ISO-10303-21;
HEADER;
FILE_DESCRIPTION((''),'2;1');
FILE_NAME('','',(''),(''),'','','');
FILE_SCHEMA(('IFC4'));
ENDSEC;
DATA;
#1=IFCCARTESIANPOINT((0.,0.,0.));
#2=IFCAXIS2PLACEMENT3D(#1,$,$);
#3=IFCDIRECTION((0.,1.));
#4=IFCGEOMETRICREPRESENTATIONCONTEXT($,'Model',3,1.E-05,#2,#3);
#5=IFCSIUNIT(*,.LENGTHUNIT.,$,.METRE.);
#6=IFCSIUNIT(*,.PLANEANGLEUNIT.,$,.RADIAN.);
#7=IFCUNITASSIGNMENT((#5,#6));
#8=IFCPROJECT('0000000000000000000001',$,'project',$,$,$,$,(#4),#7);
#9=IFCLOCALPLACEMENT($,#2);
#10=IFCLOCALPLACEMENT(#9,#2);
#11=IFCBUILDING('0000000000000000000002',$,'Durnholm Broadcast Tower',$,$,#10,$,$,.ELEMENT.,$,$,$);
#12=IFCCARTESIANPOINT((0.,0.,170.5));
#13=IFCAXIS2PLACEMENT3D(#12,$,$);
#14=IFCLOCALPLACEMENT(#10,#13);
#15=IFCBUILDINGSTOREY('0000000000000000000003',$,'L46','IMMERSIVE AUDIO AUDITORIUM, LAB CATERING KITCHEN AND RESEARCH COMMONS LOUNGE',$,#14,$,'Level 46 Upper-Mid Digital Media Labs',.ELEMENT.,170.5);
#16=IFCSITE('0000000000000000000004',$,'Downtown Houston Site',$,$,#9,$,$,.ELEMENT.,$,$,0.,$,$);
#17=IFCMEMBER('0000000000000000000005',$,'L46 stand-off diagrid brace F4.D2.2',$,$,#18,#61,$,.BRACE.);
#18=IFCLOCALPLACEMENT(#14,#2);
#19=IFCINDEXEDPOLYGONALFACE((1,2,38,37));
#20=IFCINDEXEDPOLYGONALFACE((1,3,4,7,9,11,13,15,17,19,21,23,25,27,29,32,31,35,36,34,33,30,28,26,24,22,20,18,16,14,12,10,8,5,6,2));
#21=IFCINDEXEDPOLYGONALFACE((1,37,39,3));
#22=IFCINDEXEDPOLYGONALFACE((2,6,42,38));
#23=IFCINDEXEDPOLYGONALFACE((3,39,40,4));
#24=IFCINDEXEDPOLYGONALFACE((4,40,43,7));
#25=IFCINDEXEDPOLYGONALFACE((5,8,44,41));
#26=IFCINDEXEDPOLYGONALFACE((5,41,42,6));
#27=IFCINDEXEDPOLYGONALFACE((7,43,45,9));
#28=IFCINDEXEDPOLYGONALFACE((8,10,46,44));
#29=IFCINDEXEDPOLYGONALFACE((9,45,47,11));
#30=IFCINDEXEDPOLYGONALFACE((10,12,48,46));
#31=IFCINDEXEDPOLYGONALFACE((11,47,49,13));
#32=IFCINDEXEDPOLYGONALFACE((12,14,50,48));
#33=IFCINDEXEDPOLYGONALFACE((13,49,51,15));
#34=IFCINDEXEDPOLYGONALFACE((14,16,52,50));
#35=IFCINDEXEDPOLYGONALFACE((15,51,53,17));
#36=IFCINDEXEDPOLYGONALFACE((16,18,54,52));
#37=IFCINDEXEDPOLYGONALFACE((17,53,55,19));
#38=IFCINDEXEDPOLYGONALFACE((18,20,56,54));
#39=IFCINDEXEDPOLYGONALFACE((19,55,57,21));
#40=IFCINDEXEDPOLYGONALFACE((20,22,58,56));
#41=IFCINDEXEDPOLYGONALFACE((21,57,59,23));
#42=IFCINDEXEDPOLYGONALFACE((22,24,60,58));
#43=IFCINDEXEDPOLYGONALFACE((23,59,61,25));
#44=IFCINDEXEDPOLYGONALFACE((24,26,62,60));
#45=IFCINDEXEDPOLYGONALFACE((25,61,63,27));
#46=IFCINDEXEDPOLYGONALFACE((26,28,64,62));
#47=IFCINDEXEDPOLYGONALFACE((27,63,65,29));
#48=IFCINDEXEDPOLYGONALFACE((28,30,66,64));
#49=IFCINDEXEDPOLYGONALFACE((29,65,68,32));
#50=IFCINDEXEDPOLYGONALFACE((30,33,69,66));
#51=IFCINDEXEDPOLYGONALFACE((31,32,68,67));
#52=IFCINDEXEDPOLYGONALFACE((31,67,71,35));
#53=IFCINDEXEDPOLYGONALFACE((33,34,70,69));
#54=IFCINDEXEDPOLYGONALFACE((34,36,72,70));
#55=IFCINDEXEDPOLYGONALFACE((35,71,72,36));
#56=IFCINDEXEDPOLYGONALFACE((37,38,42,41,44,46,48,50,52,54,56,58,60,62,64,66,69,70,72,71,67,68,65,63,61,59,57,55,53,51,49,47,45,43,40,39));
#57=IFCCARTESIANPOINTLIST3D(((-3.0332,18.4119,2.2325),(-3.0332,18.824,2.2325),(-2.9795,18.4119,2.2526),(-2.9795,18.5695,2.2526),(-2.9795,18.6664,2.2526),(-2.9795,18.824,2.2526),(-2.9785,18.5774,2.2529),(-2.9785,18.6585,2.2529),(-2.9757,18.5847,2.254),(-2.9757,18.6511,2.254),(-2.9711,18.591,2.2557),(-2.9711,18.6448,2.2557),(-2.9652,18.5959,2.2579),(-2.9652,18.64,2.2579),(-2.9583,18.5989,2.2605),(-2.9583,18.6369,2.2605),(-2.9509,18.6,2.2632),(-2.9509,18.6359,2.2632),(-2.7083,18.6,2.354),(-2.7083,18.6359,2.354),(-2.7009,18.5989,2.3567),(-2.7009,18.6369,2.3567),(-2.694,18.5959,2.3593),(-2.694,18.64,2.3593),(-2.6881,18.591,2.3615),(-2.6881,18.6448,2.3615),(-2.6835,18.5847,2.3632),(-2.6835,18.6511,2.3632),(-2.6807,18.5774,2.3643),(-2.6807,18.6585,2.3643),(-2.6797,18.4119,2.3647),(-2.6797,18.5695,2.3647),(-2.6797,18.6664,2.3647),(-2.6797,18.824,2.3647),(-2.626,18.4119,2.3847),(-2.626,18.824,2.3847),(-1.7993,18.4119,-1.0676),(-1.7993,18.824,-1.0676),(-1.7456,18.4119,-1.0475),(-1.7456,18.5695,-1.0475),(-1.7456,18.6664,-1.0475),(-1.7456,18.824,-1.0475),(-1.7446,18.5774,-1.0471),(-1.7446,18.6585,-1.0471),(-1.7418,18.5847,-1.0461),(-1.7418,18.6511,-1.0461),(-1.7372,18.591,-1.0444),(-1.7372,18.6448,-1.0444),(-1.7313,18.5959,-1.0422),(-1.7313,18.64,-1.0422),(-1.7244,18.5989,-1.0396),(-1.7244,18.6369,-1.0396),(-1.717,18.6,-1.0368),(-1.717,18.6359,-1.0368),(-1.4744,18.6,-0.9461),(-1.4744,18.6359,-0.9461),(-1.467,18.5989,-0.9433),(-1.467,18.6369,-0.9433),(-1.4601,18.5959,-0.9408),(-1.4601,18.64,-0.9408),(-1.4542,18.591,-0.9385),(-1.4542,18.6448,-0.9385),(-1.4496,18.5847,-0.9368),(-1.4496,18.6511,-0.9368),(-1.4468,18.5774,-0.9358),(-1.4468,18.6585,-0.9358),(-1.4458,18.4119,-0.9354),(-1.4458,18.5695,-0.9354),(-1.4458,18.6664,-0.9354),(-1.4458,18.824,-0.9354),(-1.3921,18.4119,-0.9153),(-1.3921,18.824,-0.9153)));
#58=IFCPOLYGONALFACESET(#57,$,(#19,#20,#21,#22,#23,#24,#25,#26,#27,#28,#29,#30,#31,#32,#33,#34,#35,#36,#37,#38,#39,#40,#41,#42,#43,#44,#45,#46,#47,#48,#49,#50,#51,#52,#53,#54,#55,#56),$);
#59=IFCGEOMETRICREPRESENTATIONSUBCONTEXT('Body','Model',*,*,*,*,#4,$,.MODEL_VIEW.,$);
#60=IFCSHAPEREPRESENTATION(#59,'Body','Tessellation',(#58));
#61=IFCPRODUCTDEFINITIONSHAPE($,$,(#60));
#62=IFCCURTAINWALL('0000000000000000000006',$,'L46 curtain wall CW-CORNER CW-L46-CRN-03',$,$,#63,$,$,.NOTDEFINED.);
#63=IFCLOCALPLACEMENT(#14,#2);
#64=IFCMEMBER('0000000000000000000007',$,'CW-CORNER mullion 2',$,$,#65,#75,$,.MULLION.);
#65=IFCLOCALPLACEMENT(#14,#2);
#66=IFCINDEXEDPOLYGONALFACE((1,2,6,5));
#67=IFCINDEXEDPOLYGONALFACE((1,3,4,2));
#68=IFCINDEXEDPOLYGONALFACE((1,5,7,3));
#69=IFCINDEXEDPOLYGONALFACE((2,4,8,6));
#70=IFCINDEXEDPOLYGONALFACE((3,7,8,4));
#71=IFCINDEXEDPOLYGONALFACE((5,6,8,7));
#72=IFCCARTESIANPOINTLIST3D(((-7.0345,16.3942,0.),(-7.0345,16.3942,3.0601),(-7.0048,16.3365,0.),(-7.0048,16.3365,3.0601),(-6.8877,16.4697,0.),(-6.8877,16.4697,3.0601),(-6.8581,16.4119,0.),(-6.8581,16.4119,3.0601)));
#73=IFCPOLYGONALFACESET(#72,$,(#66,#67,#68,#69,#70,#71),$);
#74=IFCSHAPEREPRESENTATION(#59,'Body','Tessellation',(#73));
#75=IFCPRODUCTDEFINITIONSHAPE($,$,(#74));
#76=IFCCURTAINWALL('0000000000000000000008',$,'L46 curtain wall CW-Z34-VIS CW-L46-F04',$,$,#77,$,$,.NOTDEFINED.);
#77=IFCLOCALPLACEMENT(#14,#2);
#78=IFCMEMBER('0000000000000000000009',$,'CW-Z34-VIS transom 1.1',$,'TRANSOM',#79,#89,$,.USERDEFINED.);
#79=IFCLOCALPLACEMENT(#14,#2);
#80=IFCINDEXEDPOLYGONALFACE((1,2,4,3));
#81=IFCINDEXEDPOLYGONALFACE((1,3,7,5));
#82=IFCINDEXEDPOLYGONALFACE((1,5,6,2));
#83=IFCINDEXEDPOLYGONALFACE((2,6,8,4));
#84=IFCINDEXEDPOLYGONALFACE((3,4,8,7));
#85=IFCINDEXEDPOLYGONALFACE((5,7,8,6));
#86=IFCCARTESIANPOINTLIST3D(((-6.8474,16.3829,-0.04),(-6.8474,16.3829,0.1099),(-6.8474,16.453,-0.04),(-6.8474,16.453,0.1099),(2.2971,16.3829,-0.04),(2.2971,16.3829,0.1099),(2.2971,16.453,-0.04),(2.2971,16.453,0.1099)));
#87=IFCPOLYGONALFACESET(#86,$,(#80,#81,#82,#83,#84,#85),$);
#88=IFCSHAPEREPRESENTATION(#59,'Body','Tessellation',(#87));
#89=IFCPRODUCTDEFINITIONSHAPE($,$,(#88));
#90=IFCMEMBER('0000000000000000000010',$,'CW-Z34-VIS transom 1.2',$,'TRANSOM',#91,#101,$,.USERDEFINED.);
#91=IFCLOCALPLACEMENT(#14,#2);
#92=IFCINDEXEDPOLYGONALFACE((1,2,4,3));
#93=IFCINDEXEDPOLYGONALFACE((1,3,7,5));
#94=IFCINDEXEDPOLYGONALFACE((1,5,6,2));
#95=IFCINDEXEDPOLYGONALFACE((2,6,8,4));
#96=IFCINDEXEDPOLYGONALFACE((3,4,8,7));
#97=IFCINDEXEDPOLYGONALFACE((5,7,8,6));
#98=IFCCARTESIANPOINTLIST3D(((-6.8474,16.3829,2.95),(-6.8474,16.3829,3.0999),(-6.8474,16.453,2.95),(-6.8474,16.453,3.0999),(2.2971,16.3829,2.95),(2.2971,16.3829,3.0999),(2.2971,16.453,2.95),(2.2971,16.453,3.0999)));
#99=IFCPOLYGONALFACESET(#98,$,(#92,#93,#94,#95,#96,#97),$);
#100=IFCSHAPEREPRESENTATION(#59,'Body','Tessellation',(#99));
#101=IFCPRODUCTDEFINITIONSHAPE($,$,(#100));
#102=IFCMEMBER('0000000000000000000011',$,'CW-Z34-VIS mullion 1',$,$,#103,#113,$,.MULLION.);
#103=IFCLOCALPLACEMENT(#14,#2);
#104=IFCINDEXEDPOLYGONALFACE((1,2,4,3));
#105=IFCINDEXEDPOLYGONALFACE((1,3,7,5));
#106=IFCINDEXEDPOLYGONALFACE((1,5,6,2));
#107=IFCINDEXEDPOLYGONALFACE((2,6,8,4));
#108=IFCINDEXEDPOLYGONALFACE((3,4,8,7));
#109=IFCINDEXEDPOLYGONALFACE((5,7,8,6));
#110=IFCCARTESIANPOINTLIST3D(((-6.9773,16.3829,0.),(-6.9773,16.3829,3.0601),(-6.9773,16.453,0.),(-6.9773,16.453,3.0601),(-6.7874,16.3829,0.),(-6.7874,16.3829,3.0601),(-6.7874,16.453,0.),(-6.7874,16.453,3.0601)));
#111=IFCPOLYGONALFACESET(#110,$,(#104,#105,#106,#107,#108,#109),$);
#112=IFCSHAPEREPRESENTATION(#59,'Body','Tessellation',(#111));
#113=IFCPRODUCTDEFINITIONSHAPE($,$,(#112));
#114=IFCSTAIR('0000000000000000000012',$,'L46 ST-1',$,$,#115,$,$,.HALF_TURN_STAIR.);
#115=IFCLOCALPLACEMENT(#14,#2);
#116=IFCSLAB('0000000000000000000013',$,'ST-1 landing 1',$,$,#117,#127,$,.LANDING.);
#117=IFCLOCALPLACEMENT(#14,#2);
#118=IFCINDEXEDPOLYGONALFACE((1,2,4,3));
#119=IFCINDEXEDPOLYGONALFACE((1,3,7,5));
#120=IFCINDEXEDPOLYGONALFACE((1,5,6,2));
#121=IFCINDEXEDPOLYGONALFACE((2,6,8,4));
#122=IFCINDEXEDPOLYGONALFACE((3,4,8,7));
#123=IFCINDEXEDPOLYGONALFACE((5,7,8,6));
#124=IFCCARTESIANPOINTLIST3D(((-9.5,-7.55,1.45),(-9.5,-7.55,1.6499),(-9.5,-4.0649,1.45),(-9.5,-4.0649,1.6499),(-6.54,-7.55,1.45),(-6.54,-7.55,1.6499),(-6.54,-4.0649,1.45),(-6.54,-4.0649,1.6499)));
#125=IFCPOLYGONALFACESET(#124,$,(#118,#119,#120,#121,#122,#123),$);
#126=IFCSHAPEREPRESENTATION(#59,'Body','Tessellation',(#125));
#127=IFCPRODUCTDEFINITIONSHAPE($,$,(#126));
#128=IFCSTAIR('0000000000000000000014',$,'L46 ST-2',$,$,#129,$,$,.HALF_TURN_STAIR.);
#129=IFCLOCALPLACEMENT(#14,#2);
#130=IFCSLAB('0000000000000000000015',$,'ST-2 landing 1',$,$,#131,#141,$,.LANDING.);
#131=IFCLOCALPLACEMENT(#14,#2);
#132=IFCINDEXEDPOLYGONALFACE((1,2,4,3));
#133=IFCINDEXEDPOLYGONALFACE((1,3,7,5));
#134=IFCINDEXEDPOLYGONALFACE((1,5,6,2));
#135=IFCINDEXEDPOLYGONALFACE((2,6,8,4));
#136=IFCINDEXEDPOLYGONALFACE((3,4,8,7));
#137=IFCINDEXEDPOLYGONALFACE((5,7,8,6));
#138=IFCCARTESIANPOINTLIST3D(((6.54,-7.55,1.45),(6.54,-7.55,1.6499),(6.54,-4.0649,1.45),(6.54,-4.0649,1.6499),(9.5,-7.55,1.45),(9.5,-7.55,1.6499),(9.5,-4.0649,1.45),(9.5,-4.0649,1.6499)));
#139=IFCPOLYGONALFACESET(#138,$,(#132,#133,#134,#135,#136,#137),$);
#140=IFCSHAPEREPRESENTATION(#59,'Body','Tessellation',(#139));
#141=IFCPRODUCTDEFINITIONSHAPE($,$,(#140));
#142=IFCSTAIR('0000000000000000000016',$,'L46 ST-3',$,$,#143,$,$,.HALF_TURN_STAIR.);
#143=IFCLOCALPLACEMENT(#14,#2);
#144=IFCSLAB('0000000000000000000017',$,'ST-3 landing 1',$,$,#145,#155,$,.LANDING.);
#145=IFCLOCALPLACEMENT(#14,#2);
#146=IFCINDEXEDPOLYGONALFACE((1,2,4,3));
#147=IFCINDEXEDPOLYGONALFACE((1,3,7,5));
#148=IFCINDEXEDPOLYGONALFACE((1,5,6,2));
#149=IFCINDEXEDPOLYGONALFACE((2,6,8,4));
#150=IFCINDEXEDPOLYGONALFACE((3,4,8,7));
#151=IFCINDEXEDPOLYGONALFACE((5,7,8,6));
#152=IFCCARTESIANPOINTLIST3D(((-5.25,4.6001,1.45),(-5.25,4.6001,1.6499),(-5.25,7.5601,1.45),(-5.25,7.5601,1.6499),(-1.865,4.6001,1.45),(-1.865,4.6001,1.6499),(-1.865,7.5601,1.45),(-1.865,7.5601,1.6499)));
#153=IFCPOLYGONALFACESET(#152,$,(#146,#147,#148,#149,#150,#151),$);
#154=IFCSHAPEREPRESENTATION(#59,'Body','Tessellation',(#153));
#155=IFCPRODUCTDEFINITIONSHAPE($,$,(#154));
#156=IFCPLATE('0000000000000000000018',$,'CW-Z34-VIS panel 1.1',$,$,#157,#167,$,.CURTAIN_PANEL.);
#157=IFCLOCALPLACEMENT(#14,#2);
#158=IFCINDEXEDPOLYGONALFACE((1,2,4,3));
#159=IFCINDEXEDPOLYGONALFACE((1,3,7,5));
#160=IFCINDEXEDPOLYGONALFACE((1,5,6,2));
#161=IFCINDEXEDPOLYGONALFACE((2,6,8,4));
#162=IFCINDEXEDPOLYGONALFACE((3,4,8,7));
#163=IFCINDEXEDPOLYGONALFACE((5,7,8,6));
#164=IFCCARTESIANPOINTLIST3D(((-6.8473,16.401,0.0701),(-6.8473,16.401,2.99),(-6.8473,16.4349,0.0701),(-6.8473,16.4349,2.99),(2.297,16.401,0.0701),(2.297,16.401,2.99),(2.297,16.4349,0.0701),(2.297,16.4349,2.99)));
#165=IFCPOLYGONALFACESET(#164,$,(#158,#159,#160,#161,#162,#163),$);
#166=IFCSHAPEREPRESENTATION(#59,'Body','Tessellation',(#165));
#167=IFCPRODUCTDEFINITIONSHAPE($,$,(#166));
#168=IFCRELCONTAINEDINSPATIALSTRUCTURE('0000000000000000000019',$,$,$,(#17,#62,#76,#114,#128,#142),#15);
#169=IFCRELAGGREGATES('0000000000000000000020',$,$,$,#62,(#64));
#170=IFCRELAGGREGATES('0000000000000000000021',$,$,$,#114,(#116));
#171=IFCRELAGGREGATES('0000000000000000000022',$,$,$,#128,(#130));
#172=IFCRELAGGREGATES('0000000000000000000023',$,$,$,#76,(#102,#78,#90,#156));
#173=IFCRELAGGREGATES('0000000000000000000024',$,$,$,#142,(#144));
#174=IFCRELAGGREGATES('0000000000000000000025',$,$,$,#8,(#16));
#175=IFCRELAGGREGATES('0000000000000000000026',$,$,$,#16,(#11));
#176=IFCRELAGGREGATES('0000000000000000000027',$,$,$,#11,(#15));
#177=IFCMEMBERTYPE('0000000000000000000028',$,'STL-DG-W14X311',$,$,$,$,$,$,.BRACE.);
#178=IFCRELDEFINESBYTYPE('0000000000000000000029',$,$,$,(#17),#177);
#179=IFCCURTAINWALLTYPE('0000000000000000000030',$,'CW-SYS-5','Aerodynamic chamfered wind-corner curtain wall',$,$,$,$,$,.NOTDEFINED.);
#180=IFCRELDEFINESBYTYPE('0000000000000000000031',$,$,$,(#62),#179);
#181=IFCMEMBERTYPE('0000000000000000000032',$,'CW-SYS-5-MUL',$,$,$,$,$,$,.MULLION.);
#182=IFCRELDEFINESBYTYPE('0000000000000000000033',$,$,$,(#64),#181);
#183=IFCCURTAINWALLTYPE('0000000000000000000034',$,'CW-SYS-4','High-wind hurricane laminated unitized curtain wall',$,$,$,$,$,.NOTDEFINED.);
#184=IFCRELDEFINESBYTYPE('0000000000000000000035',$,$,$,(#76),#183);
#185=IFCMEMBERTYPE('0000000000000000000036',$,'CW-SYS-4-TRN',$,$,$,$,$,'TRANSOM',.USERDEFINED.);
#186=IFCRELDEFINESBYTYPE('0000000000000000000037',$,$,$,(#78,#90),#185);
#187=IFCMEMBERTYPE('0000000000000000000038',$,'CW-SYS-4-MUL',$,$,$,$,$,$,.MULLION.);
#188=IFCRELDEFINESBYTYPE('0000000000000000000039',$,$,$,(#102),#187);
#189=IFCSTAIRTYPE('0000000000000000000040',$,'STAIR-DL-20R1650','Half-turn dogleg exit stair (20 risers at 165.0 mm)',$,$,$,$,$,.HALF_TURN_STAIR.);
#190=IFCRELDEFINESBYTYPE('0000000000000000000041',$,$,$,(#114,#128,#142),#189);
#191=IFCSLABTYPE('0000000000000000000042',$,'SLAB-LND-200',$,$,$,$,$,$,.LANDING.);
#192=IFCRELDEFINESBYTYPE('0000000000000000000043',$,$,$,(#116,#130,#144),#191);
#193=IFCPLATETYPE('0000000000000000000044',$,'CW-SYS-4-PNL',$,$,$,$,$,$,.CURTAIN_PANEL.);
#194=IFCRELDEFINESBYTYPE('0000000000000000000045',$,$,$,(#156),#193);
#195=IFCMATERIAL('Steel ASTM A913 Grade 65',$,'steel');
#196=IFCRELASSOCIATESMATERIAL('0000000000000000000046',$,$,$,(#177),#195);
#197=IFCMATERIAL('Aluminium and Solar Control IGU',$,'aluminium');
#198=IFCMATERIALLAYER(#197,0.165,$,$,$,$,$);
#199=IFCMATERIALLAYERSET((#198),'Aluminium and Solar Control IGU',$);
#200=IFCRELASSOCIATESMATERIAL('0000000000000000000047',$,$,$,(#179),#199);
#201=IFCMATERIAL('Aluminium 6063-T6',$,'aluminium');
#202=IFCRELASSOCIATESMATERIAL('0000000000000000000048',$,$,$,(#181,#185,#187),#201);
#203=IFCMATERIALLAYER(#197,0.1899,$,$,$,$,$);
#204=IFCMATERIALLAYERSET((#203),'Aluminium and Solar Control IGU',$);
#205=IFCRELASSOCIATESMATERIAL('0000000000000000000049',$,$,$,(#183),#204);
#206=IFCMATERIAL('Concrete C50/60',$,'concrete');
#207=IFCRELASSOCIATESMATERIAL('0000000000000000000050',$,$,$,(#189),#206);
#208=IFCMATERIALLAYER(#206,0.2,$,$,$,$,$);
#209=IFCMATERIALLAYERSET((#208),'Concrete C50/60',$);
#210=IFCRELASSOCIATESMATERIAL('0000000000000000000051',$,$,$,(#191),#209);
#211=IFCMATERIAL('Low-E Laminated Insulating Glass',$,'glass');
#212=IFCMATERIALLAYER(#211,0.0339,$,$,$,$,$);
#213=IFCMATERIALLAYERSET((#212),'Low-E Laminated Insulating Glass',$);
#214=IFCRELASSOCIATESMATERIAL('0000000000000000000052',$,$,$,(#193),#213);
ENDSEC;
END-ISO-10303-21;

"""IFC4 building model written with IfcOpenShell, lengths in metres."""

from ifc_helpers import new_model, si_unit, direction, frame, origin, origin_2d, place, context, subcontext, project, spatial, polyline, rectangle, i_section, outline, extrude, source, transform, mapped, material, layer, layer_set, material_profile, profile_set, type_object, type_shapes, element, aggregate, save


model = new_model("IFC4")

# Units and contexts
model_context = context("Model", 3, precision=1e-05, world=origin(), true_north=direction((0.0, 1.0)))
body_context = subcontext(model_context, "Body", "Model", "MODEL_VIEW")
ifc_project = project(units=[si_unit("LENGTHUNIT", "METRE"), si_unit("PLANEANGLEUNIT", "RADIAN")], contexts=[model_context])

# Site, building, storey
site_placement = place(None, origin())
site = spatial("IfcSite", under=ifc_project, at=site_placement, Name="Downtown Houston Site", CompositionType="ELEMENT", RefElevation=0.0)
building_placement = place(site_placement, origin())
building = spatial("IfcBuilding", under=site, at=building_placement, Name="Durnholm Broadcast Tower", CompositionType="ELEMENT")
storey_placement = place(building_placement, frame((0.0, 0.0, 170.5)))
storey = spatial("IfcBuildingStorey", under=building, at=storey_placement, Name="L46", Description="IMMERSIVE AUDIO AUDITORIUM, LAB CATERING KITCHEN AND RESEARCH COMMONS LOUNGE", LongName="Level 46 Upper-Mid Digital Media Labs", CompositionType="ELEMENT", Elevation=170.5)

# Member
ifc_material_1 = material(Name="Steel ASTM A913 Grade 65", Category="steel")
ifc_material_profile_1 = material_profile(ifc_material_1, i_section(OverallWidth=0.4121, OverallDepth=0.4348, WebThickness=0.0359, FlangeThickness=0.0574, FilletRadius=0.0305, at=origin_2d()), Name="W14X311")
ifc_profile_set_1 = profile_set([ifc_material_profile_1], Name="Steel ASTM A913 Grade 65")
member_type_1 = type_object("IfcMemberType", Name="STL-DG-W14X311", PredefinedType="BRACE", material=ifc_profile_set_1)
shared_shape_1 = source(origin(), body_context, "Body", "SweptSolid", [
    extrude(i_section(OverallWidth=0.4121, OverallDepth=0.4348, WebThickness=0.0359, FlangeThickness=0.0574, FilletRadius=0.0305, at=origin_2d()), origin(), (0.0, 0.0, 1.0), 3.5232),
])
type_shapes(member_type_1, [shared_shape_1])
for number, where, z_axis, x_axis, name in (
    (1, (-1.5957, 18.6179, -0.9915), (-0.35022, 0.0, 0.936668), (0.0, -1.0, 0.0), "L46 stand-off diagrid brace F4.D2.2"),
):
    element("IfcMember", number, at=place(storey_placement, frame(where, z_axis=z_axis, x_axis=x_axis)), inside=storey, type_object=member_type_1, Name=name, PredefinedType="BRACE", context=body_context, shape_type="MappedRepresentation", body=[
        mapped(shared_shape_1, transform((0.0, 0.0, 0.0), x_axis=(1.0, 0.0, 0.0), y_axis=(0.0, 1.0, 0.0), z_axis=(0.0, 0.0, 1.0), scale=1.0)),
    ])

# Curtain wall, member
ifc_material_2 = material(Name="Aluminium and Solar Control IGU", Category="aluminium")
ifc_layer_1 = layer(ifc_material_2, 0.165)
ifc_layer_set_1 = layer_set([ifc_layer_1], Name="Aluminium and Solar Control IGU")
curtain_wall_type_1 = type_object("IfcCurtainWallType", Name="CW-SYS-5", Description="Aerodynamic chamfered wind-corner curtain wall", PredefinedType="NOTDEFINED", material=ifc_layer_set_1)
curtain_wall_1_placement = place(storey_placement, origin())
curtain_wall_1 = element("IfcCurtainWall", 2, at=curtain_wall_1_placement, inside=storey, type_object=curtain_wall_type_1, Name="L46 curtain wall CW-CORNER CW-L46-CRN-03", PredefinedType="NOTDEFINED")
ifc_material_3 = material(Name="Aluminium 6063-T6", Category="aluminium")
ifc_material_profile_2 = material_profile(ifc_material_3, rectangle(XDim=0.0649, YDim=0.165, at=origin_2d()), Name="CWM65X165")
ifc_profile_set_2 = profile_set([ifc_material_profile_2], Name="Aluminium 6063-T6")
member_type_2 = type_object("IfcMemberType", Name="CW-SYS-5-MUL", PredefinedType="MULLION", material=ifc_profile_set_2)
shared_shape_2 = source(origin(), body_context, "Body", "SweptSolid", [
    extrude(rectangle(XDim=0.0649, YDim=0.165, at=origin_2d()), origin(), (0.0, 0.0, 1.0), 3.0601),
])
type_shapes(member_type_2, [shared_shape_2])
member_1_placement = place(storey_placement, frame((-6.9463, 16.4031, 0.0), z_axis=(0.0, 0.0, 1.0), x_axis=(-0.457082, 0.889425, 0.0)))
member_1 = element("IfcMember", 3, at=member_1_placement, type_object=member_type_2, Name="CW-CORNER mullion 2", PredefinedType="MULLION", context=body_context, shape_type="MappedRepresentation", body=[
    mapped(shared_shape_2, transform((0.0, 0.0, 0.0), x_axis=(1.0, 0.0, 0.0), y_axis=(0.0, 1.0, 0.0), z_axis=(0.0, 0.0, 1.0), scale=1.0)),
])
aggregate(curtain_wall_1, [member_1])

# Curtain wall, members
ifc_layer_2 = layer(ifc_material_2, 0.1899)
ifc_layer_set_2 = layer_set([ifc_layer_2], Name="Aluminium and Solar Control IGU")
curtain_wall_type_2 = type_object("IfcCurtainWallType", Name="CW-SYS-4", Description="High-wind hurricane laminated unitized curtain wall", PredefinedType="NOTDEFINED", material=ifc_layer_set_2)
curtain_wall_2_placement = place(storey_placement, origin())
curtain_wall_2 = element("IfcCurtainWall", 4, at=curtain_wall_2_placement, inside=storey, type_object=curtain_wall_type_2, Name="L46 curtain wall CW-Z34-VIS CW-L46-F04", PredefinedType="NOTDEFINED")
ifc_material_profile_3 = material_profile(ifc_material_3, rectangle(XDim=0.0701, YDim=0.1499, at=origin_2d()), Name="CWT70X150")
ifc_profile_set_3 = profile_set([ifc_material_profile_3], Name="Aluminium 6063-T6")
member_type_3 = type_object("IfcMemberType", Name="CW-SYS-4-TRN", ElementType="TRANSOM", PredefinedType="USERDEFINED", material=ifc_profile_set_3)
shared_shape_3 = source(origin(), body_context, "Body", "SweptSolid", [
    extrude(rectangle(XDim=0.0701, YDim=0.1499, at=origin_2d()), origin(), (0.0, 0.0, 1.0), 9.1445),
])
type_shapes(member_type_3, [shared_shape_3])
member_2_placement = place(storey_placement, frame((-6.8474, 16.418, 0.0349), z_axis=(1.0, 0.0, 0.0), x_axis=(0.0, 1.0, 0.0)))
member_2 = element("IfcMember", 5, at=member_2_placement, type_object=member_type_3, Name="CW-Z34-VIS transom 1.1", ObjectType="TRANSOM", PredefinedType="USERDEFINED", context=body_context, shape_type="MappedRepresentation", body=[
    mapped(shared_shape_3, transform((0.0, 0.0, 0.0), x_axis=(1.0, 0.0, 0.0), y_axis=(0.0, 1.0, 0.0), z_axis=(0.0, 0.0, 1.0), scale=1.0)),
])
member_3_placement = place(storey_placement, frame((-6.8474, 16.418, 3.0249), z_axis=(1.0, 0.0, 0.0), x_axis=(0.0, 1.0, 0.0)))
member_3 = element("IfcMember", 6, at=member_3_placement, type_object=member_type_3, Name="CW-Z34-VIS transom 1.2", ObjectType="TRANSOM", PredefinedType="USERDEFINED", context=body_context, shape_type="MappedRepresentation", body=[
    mapped(shared_shape_3, transform((0.0, 0.0, 0.0), x_axis=(1.0, 0.0, 0.0), y_axis=(0.0, 1.0, 0.0), z_axis=(0.0, 0.0, 1.0), scale=1.0)),
])
ifc_material_profile_4 = material_profile(ifc_material_3, rectangle(XDim=0.0701, YDim=0.1899, at=origin_2d()), Name="CWM70X190")
ifc_profile_set_4 = profile_set([ifc_material_profile_4], Name="Aluminium 6063-T6")
member_type_4 = type_object("IfcMemberType", Name="CW-SYS-4-MUL", PredefinedType="MULLION", material=ifc_profile_set_4)
shared_shape_4 = source(origin(), body_context, "Body", "SweptSolid", [
    extrude(rectangle(XDim=0.0701, YDim=0.1899, at=origin_2d()), origin(), (0.0, 0.0, 1.0), 3.0601),
])
type_shapes(member_type_4, [shared_shape_4])
member_4_placement = place(storey_placement, frame((-6.8823, 16.418, 0.0), z_axis=(0.0, 0.0, 1.0), x_axis=(0.0, 1.0, 0.0)))
member_4 = element("IfcMember", 7, at=member_4_placement, type_object=member_type_4, Name="CW-Z34-VIS mullion 1", PredefinedType="MULLION", context=body_context, shape_type="MappedRepresentation", body=[
    mapped(shared_shape_4, transform((0.0, 0.0, 0.0), x_axis=(1.0, 0.0, 0.0), y_axis=(0.0, 1.0, 0.0), z_axis=(0.0, 0.0, 1.0), scale=1.0)),
])

# Stairs, slabs
ifc_material_4 = material(Name="Concrete C50/60", Category="concrete")
stair_type = type_object("IfcStairType", Name="STAIR-DL-20R1650", Description="Half-turn dogleg exit stair (20 risers at 165.0 mm)", PredefinedType="HALF_TURN_STAIR", material=ifc_material_4)
stair_1_placement = place(storey_placement, origin())
stair_1 = element("IfcStair", 8, at=stair_1_placement, inside=storey, type_object=stair_type, Name="L46 ST-1", PredefinedType="HALF_TURN_STAIR")
ifc_layer_3 = layer(ifc_material_4, 0.2)
ifc_layer_set_3 = layer_set([ifc_layer_3], Name="Concrete C50/60")
slab_type = type_object("IfcSlabType", Name="SLAB-LND-200", PredefinedType="LANDING", material=ifc_layer_set_3)
slab_1_placement = place(storey_placement, frame((0.0, 0.0, 1.45)))
slab_1 = element("IfcSlab", 9, at=slab_1_placement, type_object=slab_type, Name="ST-1 landing 1", PredefinedType="LANDING", context=body_context, shape_type="SweptSolid", body=[
    extrude(outline(polyline([(-9.5, -4.0649), (-9.5, -7.55), (-6.54, -7.55), (-6.54, -4.0649), (-9.5, -4.0649)])), origin(), (0.0, 0.0, 1.0), 0.2),
])
aggregate(stair_1, [slab_1])
stair_2_placement = place(storey_placement, origin())
stair_2 = element("IfcStair", 10, at=stair_2_placement, inside=storey, type_object=stair_type, Name="L46 ST-2", PredefinedType="HALF_TURN_STAIR")
slab_2_placement = place(storey_placement, frame((0.0, 0.0, 1.45)))
slab_2 = element("IfcSlab", 11, at=slab_2_placement, type_object=slab_type, Name="ST-2 landing 1", PredefinedType="LANDING", context=body_context, shape_type="SweptSolid", body=[
    extrude(outline(polyline([(6.54, -4.0649), (6.54, -7.55), (9.5, -7.55), (9.5, -4.0649), (6.54, -4.0649)])), origin(), (0.0, 0.0, 1.0), 0.2),
])
aggregate(stair_2, [slab_2])
stair_3_placement = place(storey_placement, origin())
stair_3 = element("IfcStair", 12, at=stair_3_placement, inside=storey, type_object=stair_type, Name="L46 ST-3", PredefinedType="HALF_TURN_STAIR")
slab_3_placement = place(storey_placement, frame((0.0, 0.0, 1.45)))
slab_3 = element("IfcSlab", 13, at=slab_3_placement, type_object=slab_type, Name="ST-3 landing 1", PredefinedType="LANDING", context=body_context, shape_type="SweptSolid", body=[
    extrude(outline(polyline([(-1.865, 7.5601), (-5.25, 7.5601), (-5.25, 4.6001), (-1.865, 4.6001), (-1.865, 7.5601)])), origin(), (0.0, 0.0, 1.0), 0.2),
])

# Plate
ifc_material_5 = material(Name="Low-E Laminated Insulating Glass", Category="glass")
ifc_layer_4 = layer(ifc_material_5, 0.0339)
ifc_layer_set_4 = layer_set([ifc_layer_4], Name="Low-E Laminated Insulating Glass")
plate_type = type_object("IfcPlateType", Name="CW-SYS-4-PNL", PredefinedType="CURTAIN_PANEL", material=ifc_layer_set_4)
shared_shape_5 = source(origin(), body_context, "Body", "SweptSolid", [
    extrude(rectangle(XDim=9.1443, YDim=0.0339, at=origin_2d()), origin(), (0.0, 0.0, 1.0), 2.9199),
])
type_shapes(plate_type, [shared_shape_5])
plate_placement = place(storey_placement, frame((-2.2751, 16.418, 0.0701), z_axis=(0.0, 0.0, 1.0), x_axis=(1.0, 0.0, 0.0)))
plate = element("IfcPlate", 14, at=plate_placement, type_object=plate_type, Name="CW-Z34-VIS panel 1.1", PredefinedType="CURTAIN_PANEL", context=body_context, shape_type="MappedRepresentation", body=[
    mapped(shared_shape_5, transform((0.0, 0.0, 0.0), x_axis=(1.0, 0.0, 0.0), y_axis=(0.0, 1.0, 0.0), z_axis=(0.0, 0.0, 1.0), scale=1.0)),
])
aggregate(curtain_wall_2, [member_4, member_2, member_3, plate])

aggregate(stair_3, [slab_3])

save(model, "model.ifc")
